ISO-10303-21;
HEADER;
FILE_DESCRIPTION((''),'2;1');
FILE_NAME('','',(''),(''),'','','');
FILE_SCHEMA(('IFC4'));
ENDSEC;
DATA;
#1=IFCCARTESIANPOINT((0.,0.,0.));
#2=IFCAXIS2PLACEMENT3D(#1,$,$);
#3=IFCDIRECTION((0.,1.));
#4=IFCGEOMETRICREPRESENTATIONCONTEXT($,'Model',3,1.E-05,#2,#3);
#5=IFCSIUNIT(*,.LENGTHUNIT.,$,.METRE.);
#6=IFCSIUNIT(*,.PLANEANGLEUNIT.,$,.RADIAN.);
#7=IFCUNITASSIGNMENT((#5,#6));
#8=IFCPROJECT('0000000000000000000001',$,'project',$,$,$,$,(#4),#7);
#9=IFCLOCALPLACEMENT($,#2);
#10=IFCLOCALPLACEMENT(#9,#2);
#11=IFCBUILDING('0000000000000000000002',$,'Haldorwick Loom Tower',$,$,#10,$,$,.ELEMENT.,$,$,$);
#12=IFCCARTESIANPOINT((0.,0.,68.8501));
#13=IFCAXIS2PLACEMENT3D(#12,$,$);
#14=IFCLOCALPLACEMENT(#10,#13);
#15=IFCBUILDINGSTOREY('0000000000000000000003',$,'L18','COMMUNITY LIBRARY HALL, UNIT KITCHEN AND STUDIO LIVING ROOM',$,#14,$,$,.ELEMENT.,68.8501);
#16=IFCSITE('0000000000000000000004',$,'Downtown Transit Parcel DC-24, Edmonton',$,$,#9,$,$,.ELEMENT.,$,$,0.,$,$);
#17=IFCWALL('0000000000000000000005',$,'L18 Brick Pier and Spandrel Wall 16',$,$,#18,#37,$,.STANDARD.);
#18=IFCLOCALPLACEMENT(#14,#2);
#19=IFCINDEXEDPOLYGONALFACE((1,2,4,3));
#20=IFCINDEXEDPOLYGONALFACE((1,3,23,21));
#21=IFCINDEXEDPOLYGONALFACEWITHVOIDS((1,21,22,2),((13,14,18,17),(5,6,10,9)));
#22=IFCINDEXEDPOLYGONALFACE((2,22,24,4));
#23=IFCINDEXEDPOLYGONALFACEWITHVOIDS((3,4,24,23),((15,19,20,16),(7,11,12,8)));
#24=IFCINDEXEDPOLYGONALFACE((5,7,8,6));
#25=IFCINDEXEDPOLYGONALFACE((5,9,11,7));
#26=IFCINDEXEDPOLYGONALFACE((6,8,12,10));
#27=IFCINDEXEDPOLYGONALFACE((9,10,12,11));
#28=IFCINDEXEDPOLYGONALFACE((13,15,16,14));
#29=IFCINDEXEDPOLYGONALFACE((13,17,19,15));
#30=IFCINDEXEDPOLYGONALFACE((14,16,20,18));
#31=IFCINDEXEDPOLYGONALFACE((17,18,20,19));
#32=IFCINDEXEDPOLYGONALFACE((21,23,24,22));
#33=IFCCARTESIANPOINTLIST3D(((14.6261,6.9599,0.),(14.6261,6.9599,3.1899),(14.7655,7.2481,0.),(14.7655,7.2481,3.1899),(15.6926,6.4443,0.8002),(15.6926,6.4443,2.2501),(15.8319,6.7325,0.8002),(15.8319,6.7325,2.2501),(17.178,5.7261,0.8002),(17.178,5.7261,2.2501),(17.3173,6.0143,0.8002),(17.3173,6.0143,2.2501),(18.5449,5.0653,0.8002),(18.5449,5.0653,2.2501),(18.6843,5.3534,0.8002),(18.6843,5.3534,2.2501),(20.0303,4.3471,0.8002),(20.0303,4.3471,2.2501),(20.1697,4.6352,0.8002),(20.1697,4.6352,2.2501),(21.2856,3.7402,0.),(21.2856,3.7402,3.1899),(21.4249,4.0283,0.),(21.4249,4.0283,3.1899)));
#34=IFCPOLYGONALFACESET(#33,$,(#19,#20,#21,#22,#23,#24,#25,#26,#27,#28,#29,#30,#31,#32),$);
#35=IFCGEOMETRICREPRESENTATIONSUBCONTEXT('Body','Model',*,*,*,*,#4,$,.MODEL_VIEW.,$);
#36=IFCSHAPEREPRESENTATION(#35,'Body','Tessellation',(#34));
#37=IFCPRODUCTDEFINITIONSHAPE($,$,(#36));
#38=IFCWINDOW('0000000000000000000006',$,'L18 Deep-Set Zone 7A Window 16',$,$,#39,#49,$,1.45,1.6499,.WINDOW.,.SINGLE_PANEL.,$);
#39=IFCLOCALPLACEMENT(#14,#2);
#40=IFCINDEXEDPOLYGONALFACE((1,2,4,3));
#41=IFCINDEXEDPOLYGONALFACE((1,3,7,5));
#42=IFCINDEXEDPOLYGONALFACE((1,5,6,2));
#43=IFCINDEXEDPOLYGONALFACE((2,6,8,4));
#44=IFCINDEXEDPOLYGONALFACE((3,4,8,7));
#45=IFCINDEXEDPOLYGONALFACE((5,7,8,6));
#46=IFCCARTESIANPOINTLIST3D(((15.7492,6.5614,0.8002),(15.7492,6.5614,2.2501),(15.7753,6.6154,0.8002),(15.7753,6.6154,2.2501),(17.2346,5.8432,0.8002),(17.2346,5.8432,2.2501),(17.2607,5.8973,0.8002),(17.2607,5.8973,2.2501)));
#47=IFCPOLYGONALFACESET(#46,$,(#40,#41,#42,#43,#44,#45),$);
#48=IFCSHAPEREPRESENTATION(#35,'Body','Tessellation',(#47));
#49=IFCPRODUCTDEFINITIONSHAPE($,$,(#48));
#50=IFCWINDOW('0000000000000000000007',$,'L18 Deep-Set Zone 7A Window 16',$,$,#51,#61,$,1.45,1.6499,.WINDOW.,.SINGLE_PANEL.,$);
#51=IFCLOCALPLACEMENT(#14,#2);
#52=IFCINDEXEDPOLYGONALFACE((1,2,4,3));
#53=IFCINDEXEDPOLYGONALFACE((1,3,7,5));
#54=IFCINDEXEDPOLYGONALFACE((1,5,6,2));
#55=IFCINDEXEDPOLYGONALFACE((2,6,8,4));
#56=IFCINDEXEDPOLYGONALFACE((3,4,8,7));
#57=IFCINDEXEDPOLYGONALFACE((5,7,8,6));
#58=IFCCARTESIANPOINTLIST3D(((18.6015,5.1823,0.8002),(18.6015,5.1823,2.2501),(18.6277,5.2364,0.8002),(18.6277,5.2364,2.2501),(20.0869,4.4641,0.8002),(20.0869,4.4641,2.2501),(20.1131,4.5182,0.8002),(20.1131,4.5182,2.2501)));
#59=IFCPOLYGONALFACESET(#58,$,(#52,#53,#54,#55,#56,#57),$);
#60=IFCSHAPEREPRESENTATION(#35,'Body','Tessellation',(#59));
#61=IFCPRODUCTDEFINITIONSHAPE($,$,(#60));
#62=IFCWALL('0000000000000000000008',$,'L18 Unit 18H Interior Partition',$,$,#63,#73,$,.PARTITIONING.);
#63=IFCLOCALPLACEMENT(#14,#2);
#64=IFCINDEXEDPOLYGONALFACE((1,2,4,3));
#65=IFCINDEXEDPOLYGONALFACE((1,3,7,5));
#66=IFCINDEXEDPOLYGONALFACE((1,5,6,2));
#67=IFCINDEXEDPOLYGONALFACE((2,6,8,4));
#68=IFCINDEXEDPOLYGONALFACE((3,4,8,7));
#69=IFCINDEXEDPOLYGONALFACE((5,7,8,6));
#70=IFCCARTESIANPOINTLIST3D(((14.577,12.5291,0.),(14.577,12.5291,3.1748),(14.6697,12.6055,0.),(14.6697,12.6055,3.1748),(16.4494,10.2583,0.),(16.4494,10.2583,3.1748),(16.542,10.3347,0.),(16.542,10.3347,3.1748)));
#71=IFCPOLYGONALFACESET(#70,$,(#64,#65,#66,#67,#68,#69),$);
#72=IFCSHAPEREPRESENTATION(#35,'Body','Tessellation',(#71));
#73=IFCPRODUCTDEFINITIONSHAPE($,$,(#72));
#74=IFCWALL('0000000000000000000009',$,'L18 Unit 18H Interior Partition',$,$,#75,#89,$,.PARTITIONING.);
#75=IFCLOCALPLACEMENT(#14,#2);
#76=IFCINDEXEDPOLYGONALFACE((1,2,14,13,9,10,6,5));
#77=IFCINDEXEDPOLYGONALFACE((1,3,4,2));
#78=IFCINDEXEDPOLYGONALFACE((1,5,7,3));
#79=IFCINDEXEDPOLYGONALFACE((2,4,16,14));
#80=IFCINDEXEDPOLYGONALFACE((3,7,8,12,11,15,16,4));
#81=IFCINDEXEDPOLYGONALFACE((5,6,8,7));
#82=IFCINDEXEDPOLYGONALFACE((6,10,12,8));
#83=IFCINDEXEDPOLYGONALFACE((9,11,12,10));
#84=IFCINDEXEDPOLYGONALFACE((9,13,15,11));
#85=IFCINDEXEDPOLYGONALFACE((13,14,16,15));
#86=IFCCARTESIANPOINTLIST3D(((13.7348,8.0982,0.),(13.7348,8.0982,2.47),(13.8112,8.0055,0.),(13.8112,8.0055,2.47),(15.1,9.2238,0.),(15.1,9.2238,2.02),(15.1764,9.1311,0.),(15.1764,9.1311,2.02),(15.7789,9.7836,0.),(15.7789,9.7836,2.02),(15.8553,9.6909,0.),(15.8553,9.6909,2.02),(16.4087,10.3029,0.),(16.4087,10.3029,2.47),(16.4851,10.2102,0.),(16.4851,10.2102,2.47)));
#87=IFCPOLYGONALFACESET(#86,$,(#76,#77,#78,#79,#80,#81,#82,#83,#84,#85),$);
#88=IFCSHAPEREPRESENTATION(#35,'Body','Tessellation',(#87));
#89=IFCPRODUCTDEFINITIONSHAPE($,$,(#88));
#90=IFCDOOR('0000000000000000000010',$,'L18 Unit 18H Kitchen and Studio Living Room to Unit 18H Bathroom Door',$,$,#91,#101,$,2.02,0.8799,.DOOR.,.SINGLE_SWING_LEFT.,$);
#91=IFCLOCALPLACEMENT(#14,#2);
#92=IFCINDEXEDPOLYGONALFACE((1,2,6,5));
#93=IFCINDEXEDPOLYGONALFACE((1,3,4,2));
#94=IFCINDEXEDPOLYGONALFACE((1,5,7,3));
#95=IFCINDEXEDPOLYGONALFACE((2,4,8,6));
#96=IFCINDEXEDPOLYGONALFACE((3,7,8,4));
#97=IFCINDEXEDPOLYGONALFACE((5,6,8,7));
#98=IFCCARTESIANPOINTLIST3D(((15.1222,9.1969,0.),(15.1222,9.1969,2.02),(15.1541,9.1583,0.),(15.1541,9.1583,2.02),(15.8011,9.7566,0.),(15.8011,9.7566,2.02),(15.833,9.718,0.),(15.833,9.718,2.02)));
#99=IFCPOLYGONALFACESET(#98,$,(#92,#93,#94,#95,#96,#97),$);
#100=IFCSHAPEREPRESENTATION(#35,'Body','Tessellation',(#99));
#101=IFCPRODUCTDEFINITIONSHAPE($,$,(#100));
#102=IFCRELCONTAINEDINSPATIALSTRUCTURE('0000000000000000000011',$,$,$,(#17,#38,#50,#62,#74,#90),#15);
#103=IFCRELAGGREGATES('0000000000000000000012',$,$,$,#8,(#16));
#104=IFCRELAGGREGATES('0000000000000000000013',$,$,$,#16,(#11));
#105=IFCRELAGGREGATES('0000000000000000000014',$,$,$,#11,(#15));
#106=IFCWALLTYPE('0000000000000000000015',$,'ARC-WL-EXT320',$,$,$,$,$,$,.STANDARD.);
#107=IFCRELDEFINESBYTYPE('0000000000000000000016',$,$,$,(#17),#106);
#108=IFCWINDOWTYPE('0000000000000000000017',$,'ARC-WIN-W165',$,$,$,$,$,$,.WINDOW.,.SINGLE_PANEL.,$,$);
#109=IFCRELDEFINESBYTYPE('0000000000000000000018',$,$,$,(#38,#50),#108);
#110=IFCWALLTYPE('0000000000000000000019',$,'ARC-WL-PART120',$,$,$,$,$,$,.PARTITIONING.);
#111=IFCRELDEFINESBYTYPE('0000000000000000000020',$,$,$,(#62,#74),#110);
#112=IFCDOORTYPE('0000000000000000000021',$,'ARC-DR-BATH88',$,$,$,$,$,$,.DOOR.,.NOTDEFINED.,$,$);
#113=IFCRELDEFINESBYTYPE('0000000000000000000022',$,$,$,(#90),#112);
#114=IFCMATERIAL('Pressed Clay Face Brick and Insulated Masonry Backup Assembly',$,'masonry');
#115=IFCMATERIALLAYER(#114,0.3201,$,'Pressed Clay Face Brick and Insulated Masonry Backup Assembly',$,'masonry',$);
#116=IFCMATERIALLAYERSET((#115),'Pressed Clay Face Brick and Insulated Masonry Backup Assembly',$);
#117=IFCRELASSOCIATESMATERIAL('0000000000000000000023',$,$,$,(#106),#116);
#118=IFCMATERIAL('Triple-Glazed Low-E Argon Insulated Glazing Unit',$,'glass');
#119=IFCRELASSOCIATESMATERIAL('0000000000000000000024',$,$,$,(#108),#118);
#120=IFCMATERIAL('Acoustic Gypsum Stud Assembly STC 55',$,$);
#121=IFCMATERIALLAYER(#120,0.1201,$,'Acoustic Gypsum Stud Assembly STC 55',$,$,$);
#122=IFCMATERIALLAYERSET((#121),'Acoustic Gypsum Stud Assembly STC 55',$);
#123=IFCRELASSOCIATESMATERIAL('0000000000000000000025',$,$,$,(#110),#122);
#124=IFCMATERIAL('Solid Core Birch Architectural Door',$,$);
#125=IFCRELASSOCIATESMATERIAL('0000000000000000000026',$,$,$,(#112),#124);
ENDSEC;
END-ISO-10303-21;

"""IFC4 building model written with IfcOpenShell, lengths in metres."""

from ifc_helpers import new_model, si_unit, direction, frame, frame_2d, origin, place, context, subcontext, project, spatial, rectangle, extrude, material, layer, layer_set, type_object, element, fill, save


model = new_model("IFC4")

# Units and contexts
model_context = context("Model", 3, precision=1e-05, world=origin(), true_north=direction((0.0, 1.0)))
body_context = subcontext(model_context, "Body", "Model", "MODEL_VIEW")
ifc_project = project(units=[si_unit("LENGTHUNIT", "METRE"), si_unit("PLANEANGLEUNIT", "RADIAN")], contexts=[model_context])

# Site, building, storey
site_placement = place(None, origin())
site = spatial("IfcSite", under=ifc_project, at=site_placement, Name="Downtown Transit Parcel DC-24, Edmonton", CompositionType="ELEMENT", RefElevation=0.0)
building_placement = place(site_placement, origin())
building = spatial("IfcBuilding", under=site, at=building_placement, Name="Haldorwick Loom Tower", CompositionType="ELEMENT")
storey_placement = place(building_placement, frame((0.0, 0.0, 68.8501)))
storey = spatial("IfcBuildingStorey", under=building, at=storey_placement, Name="L18", Description="COMMUNITY LIBRARY HALL, UNIT KITCHEN AND STUDIO LIVING ROOM", CompositionType="ELEMENT", Elevation=68.8501)

# Shared definitions
ifc_material_1 = material(Name="Pressed Clay Face Brick and Insulated Masonry Backup Assembly", Category="masonry")
ifc_layer_1 = layer(ifc_material_1, 0.3201, Name="Pressed Clay Face Brick and Insulated Masonry Backup Assembly", Category="masonry")
ifc_layer_set_1 = layer_set([ifc_layer_1], Name="Pressed Clay Face Brick and Insulated Masonry Backup Assembly")
wall_type_1 = type_object("IfcWallType", Name="ARC-WL-EXT320", PredefinedType="STANDARD", material=ifc_layer_set_1)

# Wall, openings, windows
wall_1_placement = place(storey_placement, frame((14.6958, 7.104, 0.0), z_axis=(0.0, 0.0, 1.0), x_axis=(0.900296, -0.435279, 0.0)))
wall_1 = element("IfcWall", 1, at=wall_1_placement, inside=storey, type_object=wall_type_1, Name="L18 Brick Pier and Spandrel Wall 16", PredefinedType="STANDARD", context=body_context, shape_type="SweptSolid", body=[
    extrude(rectangle(XDim=7.397, YDim=0.3201, at=frame_2d((3.6985, 0.0))), origin(), (0.0, 0.0, 1.0), 3.1899),
])
opening_1_placement = place(wall_1_placement, frame((1.1846, 0.0, 0.8)))
opening_1 = element("IfcOpeningElement", 2, at=opening_1_placement, cuts=wall_1, PredefinedType="OPENING", context=body_context, shape_type="SweptSolid", body=[
    extrude(rectangle(XDim=1.6499, YDim=1.45, at=frame_2d((0.825, 0.7251))), frame((0.0, 0.1699, 0.0), z_axis=(0.0, -1.0, 0.0), x_axis=(1.0, 0.0, 0.0)), (0.0, 0.0, 1.0), 0.3401),
])
opening_2_placement = place(wall_1_placement, frame((4.3528, 0.0, 0.8)))
opening_2 = element("IfcOpeningElement", 3, at=opening_2_placement, cuts=wall_1, PredefinedType="OPENING", context=body_context, shape_type="SweptSolid", body=[
    extrude(rectangle(XDim=1.6499, YDim=1.45, at=frame_2d((0.825, 0.7251))), frame((0.0, 0.1699, 0.0), z_axis=(0.0, -1.0, 0.0), x_axis=(1.0, 0.0, 0.0)), (0.0, 0.0, 1.0), 0.3401),
])
ifc_material_2 = material(Name="Triple-Glazed Low-E Argon Insulated Glazing Unit", Category="glass")
window_type = type_object("IfcWindowType", Name="ARC-WIN-W165", PartitioningType="SINGLE_PANEL", PredefinedType="WINDOW", material=ifc_material_2)
window_1_placement = place(opening_1_placement, origin())
window_1 = element("IfcWindow", 4, at=window_1_placement, inside=storey, type_object=window_type, Name="L18 Deep-Set Zone 7A Window 16", OverallHeight=1.45, OverallWidth=1.6499, PartitioningType="SINGLE_PANEL", PredefinedType="WINDOW", context=body_context, shape_type="SweptSolid", body=[
    extrude(rectangle(XDim=1.6499, YDim=1.45, at=frame_2d((0.825, 0.7251))), frame((0.0, 0.03, 0.0), z_axis=(0.0, -1.0, 0.0), x_axis=(1.0, 0.0, 0.0)), (0.0, 0.0, 1.0), 0.0601),
])
fill(opening_1, window_1)
window_2_placement = place(opening_2_placement, origin())
window_2 = element("IfcWindow", 5, at=window_2_placement, inside=storey, type_object=window_type, Name="L18 Deep-Set Zone 7A Window 16", OverallHeight=1.45, OverallWidth=1.6499, PartitioningType="SINGLE_PANEL", PredefinedType="WINDOW", context=body_context, shape_type="SweptSolid", body=[
    extrude(rectangle(XDim=1.6499, YDim=1.45, at=frame_2d((0.825, 0.7251))), frame((0.0, 0.03, 0.0), z_axis=(0.0, -1.0, 0.0), x_axis=(1.0, 0.0, 0.0)), (0.0, 0.0, 1.0), 0.0601),
])
fill(opening_2, window_2)

# Wall
ifc_material_3 = material(Name="Acoustic Gypsum Stud Assembly STC 55")
ifc_layer_2 = layer(ifc_material_3, 0.1201, Name="Acoustic Gypsum Stud Assembly STC 55")
ifc_layer_set_2 = layer_set([ifc_layer_2], Name="Acoustic Gypsum Stud Assembly STC 55")
wall_type_2 = type_object("IfcWallType", Name="ARC-WL-PART120", PredefinedType="PARTITIONING", material=ifc_layer_set_2)
wall_2_placement = place(storey_placement, frame((14.6233, 12.5674, 0.0), z_axis=(0.0, 0.0, 1.0), x_axis=(0.636169, -0.771549, 0.0)))
element("IfcWall", 6, at=wall_2_placement, inside=storey, type_object=wall_type_2, Name="L18 Unit 18H Interior Partition", PredefinedType="PARTITIONING", context=body_context, shape_type="SweptSolid", body=[
    extrude(rectangle(XDim=2.9431, YDim=0.1201, at=frame_2d((1.4717, 0.0))), origin(), (0.0, 0.0, 1.0), 3.1748),
])

# Wall, opening, door
wall_3_placement = place(storey_placement, frame((16.447, 10.2566, 0.0), z_axis=(0.0, 0.0, 1.0), x_axis=(-0.77156, -0.636157, 0.0)))
wall_3 = element("IfcWall", 7, at=wall_3_placement, inside=storey, type_object=wall_type_2, Name="L18 Unit 18H Interior Partition", PredefinedType="PARTITIONING", context=body_context, shape_type="SweptSolid", body=[
    extrude(rectangle(XDim=3.4656, YDim=0.1201, at=frame_2d((1.7329, 0.0))), origin(), (0.0, 0.0, 1.0), 2.47),
])
opening_3_placement = place(wall_3_placement, frame((0.8164, 0.0, 0.0)))
opening_3 = element("IfcOpeningElement", 8, at=opening_3_placement, cuts=wall_3, PredefinedType="OPENING", context=body_context, shape_type="SweptSolid", body=[
    extrude(rectangle(XDim=0.8799, YDim=2.02, at=frame_2d((0.4399, 1.01))), frame((0.0, 0.0701, 0.0), z_axis=(0.0, -1.0, 0.0), x_axis=(1.0, 0.0, 0.0)), (0.0, 0.0, 1.0), 0.1401),
])
ifc_material_4 = material(Name="Solid Core Birch Architectural Door")
door_type_1 = type_object("IfcDoorType", Name="ARC-DR-BATH88", OperationType="NOTDEFINED", PredefinedType="DOOR", material=ifc_material_4)
door_1_placement = place(opening_3_placement, origin())
door_1 = element("IfcDoor", 9, at=door_1_placement, inside=storey, type_object=door_type_1, Name="L18 Unit 18H Kitchen and Studio Living Room to Unit 18H Bathroom Door", OperationType="SINGLE_SWING_LEFT", OverallHeight=2.02, OverallWidth=0.8799, PredefinedType="DOOR", context=body_context, shape_type="SweptSolid", body=[
    extrude(rectangle(XDim=0.8799, YDim=2.02, at=frame_2d((0.4399, 1.01))), frame((0.0, 0.0249, 0.0), z_axis=(0.0, -1.0, 0.0), x_axis=(1.0, 0.0, 0.0)), (0.0, 0.0, 1.0), 0.05),
])
fill(opening_3, door_1)

save(model, "model.ifc")
